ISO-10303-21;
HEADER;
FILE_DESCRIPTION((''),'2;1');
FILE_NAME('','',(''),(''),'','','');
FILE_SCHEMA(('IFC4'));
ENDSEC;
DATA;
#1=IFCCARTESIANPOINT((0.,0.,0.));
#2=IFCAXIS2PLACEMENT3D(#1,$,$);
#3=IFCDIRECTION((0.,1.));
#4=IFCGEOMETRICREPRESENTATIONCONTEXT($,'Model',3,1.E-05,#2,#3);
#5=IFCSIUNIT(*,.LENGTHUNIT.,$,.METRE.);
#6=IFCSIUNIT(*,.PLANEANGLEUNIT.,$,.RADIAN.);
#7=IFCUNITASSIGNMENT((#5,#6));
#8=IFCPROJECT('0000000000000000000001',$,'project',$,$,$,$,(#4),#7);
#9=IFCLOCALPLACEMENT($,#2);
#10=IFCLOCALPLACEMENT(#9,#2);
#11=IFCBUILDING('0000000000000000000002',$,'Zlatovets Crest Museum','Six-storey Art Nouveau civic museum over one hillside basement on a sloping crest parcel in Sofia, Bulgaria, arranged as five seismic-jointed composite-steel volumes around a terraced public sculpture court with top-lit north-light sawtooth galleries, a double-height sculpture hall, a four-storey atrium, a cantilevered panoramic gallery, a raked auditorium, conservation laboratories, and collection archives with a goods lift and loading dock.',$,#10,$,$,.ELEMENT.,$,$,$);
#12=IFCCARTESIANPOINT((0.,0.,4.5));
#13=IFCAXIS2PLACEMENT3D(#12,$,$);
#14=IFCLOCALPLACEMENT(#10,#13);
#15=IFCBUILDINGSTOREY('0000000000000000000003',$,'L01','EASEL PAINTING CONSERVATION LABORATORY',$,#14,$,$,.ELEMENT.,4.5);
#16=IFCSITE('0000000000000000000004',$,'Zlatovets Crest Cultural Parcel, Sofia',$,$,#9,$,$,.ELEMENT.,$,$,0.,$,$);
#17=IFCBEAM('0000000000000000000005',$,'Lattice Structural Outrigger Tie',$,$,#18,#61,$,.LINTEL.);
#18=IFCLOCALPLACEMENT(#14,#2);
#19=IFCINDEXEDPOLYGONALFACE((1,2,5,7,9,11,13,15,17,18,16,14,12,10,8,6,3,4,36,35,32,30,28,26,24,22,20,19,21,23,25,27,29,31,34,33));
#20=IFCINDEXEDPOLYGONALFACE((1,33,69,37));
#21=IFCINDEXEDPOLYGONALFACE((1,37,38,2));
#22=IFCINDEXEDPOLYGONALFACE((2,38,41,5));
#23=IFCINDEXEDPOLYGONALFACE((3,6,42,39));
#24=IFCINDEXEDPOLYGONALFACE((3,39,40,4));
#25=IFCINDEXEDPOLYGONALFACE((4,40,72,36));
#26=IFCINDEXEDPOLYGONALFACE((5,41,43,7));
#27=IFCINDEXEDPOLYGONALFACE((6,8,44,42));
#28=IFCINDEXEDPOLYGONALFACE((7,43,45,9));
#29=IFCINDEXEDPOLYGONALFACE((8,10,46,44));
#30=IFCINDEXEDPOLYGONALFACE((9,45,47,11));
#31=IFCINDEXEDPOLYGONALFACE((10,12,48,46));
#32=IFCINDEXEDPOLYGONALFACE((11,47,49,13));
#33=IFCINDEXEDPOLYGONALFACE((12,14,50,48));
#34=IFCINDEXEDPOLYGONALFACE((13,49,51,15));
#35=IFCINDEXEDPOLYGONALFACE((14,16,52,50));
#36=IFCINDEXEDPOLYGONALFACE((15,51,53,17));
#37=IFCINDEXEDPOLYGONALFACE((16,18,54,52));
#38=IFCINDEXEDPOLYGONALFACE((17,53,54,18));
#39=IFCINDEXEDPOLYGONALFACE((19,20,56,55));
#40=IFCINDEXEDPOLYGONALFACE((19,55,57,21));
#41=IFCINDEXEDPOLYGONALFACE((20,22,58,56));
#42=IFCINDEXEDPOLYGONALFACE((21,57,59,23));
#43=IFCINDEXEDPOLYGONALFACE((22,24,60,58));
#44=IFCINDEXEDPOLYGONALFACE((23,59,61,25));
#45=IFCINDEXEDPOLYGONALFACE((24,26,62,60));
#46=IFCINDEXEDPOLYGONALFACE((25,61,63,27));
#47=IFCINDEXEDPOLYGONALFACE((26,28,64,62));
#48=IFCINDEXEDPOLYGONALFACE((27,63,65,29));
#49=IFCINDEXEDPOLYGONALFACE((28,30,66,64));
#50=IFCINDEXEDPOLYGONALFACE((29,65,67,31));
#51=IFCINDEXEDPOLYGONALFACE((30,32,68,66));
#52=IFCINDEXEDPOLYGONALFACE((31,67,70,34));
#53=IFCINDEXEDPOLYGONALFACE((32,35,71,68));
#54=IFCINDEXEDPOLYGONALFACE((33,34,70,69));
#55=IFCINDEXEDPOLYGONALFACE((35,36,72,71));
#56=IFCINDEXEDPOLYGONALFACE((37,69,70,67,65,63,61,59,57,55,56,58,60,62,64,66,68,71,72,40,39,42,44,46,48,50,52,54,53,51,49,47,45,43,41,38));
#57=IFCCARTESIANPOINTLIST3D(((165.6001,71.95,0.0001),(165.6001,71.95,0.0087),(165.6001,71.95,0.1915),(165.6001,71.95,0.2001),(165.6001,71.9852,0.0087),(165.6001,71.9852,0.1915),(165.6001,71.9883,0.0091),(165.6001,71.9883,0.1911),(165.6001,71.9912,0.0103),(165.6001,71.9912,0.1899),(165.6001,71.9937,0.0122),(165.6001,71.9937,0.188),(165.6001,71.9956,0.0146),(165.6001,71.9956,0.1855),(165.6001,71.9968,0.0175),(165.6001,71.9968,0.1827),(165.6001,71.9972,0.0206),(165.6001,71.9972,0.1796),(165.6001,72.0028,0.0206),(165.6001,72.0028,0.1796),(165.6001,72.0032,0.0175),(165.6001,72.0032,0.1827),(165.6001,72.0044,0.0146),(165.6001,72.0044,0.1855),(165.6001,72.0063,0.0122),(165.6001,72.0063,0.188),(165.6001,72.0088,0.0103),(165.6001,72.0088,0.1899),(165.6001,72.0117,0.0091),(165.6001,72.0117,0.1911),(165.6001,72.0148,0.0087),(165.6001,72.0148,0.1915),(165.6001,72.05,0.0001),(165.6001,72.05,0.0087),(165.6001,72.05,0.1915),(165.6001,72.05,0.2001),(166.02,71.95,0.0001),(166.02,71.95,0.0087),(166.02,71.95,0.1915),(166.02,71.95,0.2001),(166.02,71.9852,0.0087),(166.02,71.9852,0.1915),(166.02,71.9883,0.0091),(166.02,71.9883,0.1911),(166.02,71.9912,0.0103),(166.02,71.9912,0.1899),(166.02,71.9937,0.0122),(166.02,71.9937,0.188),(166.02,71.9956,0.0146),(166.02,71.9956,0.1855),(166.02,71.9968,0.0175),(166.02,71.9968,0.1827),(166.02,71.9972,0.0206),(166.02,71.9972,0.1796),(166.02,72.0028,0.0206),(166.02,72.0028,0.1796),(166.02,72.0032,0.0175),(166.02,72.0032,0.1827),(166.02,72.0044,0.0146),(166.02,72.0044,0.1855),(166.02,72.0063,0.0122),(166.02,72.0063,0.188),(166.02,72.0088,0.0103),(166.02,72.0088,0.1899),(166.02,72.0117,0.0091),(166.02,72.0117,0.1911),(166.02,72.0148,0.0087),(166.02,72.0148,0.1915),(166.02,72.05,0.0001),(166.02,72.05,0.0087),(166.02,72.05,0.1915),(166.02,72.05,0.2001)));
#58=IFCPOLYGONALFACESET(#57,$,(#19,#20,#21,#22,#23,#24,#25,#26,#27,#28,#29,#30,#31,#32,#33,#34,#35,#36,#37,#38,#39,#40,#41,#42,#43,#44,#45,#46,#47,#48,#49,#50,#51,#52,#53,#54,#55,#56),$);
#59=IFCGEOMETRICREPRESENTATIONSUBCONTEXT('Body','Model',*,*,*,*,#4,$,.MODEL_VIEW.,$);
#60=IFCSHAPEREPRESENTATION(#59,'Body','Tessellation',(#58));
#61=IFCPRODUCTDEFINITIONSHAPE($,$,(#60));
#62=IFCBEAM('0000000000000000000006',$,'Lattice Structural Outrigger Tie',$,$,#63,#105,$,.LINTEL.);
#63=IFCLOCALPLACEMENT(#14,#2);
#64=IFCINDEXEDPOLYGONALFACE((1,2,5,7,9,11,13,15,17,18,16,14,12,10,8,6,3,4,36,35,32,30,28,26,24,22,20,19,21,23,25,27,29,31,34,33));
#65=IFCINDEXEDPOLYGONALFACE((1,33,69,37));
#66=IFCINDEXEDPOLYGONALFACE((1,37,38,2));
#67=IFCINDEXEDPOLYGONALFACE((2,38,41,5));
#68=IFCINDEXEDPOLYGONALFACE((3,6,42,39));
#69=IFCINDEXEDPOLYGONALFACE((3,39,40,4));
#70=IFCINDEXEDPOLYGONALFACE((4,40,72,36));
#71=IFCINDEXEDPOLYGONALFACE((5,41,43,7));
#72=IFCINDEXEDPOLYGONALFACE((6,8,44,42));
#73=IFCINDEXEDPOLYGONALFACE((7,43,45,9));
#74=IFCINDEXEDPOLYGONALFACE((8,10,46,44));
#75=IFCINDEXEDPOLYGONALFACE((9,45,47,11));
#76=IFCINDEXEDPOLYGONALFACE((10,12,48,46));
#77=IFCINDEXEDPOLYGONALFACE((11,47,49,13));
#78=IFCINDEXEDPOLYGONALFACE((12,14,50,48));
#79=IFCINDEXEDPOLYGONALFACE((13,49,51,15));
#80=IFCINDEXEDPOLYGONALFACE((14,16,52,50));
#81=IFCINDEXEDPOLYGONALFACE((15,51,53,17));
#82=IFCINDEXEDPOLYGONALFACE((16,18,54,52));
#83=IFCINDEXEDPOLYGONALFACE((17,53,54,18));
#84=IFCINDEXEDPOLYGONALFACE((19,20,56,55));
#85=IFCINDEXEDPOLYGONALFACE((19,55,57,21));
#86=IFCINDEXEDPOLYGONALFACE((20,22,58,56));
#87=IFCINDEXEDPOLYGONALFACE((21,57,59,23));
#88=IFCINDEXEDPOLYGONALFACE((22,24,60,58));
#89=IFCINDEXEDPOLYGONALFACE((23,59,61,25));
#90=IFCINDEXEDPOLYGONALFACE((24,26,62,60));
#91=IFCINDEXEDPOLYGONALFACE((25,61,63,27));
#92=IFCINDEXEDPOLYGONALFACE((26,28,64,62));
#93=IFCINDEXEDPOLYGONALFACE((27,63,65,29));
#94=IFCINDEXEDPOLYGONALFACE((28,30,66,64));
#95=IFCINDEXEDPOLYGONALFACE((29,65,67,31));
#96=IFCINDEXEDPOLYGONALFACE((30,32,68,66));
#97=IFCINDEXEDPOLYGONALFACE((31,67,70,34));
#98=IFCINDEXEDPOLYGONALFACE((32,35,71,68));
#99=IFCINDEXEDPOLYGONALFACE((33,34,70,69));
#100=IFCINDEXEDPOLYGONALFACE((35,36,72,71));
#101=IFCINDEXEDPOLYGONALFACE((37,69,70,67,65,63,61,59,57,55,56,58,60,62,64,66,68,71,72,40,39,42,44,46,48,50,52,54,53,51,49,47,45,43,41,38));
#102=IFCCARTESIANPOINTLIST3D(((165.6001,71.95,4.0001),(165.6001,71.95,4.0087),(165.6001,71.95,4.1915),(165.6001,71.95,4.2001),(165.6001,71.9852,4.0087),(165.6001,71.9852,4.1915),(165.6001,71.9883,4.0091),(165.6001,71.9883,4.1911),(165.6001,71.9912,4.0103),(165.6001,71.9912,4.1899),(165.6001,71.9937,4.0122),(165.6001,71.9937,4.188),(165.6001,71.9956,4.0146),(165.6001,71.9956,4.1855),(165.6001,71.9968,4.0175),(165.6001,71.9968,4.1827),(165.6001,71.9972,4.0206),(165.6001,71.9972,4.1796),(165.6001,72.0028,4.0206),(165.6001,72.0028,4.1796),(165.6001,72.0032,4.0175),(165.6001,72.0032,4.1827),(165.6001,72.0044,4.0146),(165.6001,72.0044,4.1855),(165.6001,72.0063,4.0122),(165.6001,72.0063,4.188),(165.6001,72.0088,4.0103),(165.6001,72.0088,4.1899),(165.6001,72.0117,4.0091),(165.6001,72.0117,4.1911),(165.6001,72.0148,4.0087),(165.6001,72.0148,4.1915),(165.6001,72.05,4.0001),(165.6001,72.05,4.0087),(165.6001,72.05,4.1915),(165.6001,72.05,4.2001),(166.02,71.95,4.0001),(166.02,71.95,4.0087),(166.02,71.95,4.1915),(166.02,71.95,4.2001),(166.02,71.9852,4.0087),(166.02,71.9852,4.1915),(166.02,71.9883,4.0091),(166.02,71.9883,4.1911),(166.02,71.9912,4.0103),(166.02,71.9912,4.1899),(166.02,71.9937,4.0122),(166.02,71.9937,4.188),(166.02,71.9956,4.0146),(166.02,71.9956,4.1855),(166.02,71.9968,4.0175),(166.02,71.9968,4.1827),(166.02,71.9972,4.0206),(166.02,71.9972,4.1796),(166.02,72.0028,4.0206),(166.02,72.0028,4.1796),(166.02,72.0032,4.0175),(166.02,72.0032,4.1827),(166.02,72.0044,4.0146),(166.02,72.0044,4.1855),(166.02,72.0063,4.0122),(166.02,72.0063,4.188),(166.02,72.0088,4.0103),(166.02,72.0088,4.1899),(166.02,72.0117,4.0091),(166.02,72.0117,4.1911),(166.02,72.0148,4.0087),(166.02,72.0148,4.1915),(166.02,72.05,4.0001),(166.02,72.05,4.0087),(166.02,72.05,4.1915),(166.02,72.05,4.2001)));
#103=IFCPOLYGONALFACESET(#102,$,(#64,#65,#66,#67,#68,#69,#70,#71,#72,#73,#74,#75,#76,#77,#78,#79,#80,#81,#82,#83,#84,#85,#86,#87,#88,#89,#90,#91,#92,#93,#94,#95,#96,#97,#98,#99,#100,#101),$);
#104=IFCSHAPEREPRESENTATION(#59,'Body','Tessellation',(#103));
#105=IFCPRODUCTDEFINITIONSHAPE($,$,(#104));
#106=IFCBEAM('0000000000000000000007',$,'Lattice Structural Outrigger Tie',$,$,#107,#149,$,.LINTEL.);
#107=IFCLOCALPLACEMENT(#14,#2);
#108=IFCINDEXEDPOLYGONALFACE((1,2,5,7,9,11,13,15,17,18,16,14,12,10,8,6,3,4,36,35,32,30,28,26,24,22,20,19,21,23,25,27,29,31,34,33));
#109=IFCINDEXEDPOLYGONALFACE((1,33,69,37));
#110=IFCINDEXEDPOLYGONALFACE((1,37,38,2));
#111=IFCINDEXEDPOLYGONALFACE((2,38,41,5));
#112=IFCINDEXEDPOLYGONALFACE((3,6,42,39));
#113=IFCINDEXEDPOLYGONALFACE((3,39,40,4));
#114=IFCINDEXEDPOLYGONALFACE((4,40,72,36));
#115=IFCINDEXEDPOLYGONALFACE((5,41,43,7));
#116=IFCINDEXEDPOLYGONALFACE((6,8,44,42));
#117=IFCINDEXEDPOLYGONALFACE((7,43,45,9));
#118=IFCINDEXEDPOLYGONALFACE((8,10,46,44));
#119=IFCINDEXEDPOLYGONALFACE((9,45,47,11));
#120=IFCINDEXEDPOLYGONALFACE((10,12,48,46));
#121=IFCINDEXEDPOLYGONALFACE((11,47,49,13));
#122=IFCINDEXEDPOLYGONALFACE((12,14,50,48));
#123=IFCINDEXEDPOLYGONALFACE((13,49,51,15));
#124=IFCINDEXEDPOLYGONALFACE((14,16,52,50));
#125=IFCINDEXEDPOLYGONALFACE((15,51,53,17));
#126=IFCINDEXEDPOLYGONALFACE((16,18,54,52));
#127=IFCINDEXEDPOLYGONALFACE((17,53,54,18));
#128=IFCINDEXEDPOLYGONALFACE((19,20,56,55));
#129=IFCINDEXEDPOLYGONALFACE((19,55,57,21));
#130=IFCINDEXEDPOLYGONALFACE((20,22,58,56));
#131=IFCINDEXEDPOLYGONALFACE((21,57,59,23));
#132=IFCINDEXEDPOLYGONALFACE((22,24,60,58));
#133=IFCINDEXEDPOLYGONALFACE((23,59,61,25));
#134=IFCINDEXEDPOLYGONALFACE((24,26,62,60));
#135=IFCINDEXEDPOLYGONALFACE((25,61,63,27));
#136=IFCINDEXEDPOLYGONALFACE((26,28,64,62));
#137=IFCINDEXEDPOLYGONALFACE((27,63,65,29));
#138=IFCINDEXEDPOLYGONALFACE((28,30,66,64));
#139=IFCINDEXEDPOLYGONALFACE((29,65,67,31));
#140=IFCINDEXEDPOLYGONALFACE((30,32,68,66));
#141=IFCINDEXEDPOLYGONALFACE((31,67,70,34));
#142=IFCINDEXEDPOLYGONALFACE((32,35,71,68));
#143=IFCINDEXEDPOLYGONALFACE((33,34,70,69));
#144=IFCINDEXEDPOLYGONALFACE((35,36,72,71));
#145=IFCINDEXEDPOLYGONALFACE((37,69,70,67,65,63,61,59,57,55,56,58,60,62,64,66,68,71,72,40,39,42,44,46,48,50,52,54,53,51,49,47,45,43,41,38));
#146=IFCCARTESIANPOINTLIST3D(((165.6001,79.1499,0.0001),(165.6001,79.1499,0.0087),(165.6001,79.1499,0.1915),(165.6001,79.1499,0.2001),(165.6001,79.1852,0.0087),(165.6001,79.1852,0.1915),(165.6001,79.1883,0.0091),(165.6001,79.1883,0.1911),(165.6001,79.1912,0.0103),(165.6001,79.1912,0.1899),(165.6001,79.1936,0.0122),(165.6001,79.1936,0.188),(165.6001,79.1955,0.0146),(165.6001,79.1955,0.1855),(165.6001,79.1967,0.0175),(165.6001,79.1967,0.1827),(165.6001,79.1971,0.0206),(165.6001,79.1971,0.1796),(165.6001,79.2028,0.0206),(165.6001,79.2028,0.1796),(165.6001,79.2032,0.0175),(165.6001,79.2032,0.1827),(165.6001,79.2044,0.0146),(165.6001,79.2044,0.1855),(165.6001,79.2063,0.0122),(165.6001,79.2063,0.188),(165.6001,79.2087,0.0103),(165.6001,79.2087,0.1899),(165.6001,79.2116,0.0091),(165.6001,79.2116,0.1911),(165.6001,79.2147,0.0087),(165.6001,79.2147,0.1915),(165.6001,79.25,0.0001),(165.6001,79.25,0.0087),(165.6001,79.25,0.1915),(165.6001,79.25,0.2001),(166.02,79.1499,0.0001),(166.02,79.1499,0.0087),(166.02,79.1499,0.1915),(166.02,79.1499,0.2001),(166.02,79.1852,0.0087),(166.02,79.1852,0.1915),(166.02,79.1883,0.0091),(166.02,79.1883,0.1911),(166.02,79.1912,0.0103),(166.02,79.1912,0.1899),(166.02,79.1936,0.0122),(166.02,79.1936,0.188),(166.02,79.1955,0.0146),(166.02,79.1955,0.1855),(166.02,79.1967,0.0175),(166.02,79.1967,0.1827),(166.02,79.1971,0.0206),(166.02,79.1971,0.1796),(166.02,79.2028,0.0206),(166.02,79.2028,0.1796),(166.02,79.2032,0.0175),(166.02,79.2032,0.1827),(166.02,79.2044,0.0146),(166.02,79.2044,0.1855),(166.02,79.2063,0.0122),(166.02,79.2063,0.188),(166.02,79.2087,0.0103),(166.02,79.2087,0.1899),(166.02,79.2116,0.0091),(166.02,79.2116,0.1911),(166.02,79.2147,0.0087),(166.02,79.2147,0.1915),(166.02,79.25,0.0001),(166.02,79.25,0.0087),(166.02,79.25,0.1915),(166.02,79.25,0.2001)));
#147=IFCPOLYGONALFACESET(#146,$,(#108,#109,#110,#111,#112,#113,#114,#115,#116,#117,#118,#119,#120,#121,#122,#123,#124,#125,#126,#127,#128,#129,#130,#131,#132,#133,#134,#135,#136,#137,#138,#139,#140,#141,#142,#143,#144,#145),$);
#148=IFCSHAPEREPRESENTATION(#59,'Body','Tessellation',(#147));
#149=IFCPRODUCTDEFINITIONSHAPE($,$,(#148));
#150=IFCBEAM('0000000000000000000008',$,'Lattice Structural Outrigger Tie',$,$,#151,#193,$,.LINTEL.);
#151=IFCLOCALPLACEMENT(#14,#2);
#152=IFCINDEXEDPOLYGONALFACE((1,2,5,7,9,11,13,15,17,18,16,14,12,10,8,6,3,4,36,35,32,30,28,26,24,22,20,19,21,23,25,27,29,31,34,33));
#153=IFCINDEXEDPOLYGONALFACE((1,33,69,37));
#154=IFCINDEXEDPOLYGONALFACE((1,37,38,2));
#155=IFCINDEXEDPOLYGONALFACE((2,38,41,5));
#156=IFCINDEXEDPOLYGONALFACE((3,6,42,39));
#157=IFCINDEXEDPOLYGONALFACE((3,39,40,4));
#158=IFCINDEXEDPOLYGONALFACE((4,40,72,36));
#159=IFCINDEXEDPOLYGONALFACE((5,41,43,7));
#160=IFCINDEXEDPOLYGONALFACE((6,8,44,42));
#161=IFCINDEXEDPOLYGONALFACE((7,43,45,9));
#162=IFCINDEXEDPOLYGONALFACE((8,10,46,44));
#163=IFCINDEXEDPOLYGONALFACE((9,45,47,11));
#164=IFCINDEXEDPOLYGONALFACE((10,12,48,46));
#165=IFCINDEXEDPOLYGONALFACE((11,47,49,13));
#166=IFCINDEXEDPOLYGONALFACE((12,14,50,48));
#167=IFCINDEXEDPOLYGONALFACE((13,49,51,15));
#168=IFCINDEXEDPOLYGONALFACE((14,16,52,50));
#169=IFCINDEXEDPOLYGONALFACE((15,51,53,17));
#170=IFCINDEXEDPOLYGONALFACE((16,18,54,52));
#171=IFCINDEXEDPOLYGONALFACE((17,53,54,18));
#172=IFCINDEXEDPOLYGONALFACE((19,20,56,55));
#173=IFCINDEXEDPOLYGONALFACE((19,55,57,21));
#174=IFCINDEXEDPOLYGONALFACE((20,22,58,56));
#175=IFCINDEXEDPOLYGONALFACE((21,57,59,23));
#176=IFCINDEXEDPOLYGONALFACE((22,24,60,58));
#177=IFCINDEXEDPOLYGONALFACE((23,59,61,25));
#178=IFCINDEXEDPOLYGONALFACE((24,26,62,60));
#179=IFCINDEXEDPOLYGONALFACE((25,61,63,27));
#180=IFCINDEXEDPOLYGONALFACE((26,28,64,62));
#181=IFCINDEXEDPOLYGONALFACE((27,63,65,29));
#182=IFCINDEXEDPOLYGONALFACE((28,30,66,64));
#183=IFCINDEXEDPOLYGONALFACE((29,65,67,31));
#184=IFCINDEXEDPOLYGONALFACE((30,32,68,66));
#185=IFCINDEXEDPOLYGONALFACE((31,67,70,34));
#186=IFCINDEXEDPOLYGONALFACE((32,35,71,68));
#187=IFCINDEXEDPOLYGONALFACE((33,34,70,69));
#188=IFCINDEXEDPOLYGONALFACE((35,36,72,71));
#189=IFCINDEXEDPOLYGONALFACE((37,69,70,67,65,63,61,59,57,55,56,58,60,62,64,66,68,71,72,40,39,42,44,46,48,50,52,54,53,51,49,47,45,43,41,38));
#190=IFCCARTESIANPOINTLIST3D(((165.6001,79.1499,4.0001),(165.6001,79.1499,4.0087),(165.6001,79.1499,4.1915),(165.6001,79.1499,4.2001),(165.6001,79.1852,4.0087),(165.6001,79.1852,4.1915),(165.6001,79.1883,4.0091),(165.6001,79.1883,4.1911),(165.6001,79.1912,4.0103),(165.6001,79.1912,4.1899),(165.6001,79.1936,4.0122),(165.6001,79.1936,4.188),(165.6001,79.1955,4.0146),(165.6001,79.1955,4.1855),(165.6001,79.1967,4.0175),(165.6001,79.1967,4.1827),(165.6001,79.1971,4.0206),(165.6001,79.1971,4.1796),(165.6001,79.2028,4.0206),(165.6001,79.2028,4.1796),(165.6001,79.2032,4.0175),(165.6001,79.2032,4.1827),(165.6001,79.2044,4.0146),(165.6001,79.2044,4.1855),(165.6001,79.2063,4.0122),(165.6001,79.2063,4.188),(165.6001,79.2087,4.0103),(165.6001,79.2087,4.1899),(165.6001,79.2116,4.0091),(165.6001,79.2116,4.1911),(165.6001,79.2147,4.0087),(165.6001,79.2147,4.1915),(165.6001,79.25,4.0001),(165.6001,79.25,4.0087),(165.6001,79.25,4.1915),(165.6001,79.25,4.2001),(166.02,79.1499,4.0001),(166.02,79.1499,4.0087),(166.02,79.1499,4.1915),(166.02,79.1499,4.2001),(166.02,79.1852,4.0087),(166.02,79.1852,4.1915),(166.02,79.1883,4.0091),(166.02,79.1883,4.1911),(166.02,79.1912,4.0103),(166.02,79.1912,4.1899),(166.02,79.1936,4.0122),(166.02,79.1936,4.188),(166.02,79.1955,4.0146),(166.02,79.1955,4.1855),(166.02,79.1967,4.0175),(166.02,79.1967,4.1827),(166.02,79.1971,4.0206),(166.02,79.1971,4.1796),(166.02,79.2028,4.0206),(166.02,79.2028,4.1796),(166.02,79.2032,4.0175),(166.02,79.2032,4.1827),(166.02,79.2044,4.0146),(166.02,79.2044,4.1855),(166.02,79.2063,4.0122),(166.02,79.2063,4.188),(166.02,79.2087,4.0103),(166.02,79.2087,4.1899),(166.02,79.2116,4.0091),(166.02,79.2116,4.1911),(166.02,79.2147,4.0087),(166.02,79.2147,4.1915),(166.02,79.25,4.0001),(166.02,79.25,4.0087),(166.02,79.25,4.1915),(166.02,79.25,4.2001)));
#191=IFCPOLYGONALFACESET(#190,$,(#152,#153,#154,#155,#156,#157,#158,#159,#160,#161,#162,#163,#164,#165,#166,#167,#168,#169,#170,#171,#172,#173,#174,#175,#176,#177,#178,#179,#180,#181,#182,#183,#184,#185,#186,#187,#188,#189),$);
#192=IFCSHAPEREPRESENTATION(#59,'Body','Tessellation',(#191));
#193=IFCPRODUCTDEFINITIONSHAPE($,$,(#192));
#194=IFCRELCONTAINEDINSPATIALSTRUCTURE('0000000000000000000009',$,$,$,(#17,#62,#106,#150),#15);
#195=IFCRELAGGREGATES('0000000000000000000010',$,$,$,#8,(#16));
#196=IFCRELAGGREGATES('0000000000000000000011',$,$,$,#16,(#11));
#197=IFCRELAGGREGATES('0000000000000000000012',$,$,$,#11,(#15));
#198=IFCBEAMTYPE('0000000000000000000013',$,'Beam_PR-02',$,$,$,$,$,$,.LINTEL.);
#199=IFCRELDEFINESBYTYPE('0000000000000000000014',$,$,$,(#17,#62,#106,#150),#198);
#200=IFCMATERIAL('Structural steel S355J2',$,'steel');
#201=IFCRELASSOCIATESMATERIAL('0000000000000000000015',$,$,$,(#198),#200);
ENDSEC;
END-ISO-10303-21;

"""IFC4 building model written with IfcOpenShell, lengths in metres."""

from ifc_helpers import new_model, si_unit, direction, frame, origin, origin_2d, place, context, subcontext, project, spatial, i_section, extrude, material, material_profile, profile_set, type_object, element, save


model = new_model("IFC4")

# Units and contexts
model_context = context("Model", 3, precision=1e-05, world=origin(), true_north=direction((0.0, 1.0)))
body_context = subcontext(model_context, "Body", "Model", "MODEL_VIEW")
ifc_project = project(units=[si_unit("LENGTHUNIT", "METRE"), si_unit("PLANEANGLEUNIT", "RADIAN")], contexts=[model_context])

# Site, building, storey
site_placement = place(None, origin())
site = spatial("IfcSite", under=ifc_project, at=site_placement, Name="Zlatovets Crest Cultural Parcel, Sofia", CompositionType="ELEMENT", RefElevation=0.0)
building_placement = place(site_placement, origin())
building = spatial("IfcBuilding", under=site, at=building_placement, Name="Zlatovets Crest Museum", Description="Six-storey Art Nouveau civic museum over one hillside basement on a sloping crest parcel in Sofia, Bulgaria, arranged as five seismic-jointed composite-steel volumes around a terraced public sculpture court with top-lit north-light sawtooth galleries, a double-height sculpture hall, a four-storey atrium, a cantilevered panoramic gallery, a raked auditorium, conservation laboratories, and collection archives with a goods lift and loading dock.", CompositionType="ELEMENT")
storey_placement = place(building_placement, frame((0.0, 0.0, 4.5)))
storey = spatial("IfcBuildingStorey", under=building, at=storey_placement, Name="L01", Description="EASEL PAINTING CONSERVATION LABORATORY", CompositionType="ELEMENT", Elevation=4.5)

# Shared definitions
ifc_material_1 = material(Name="Structural steel S355J2", Category="steel")

# Beams
ifc_material_profile_1 = material_profile(ifc_material_1, i_section(OverallWidth=0.1001, OverallDepth=0.2, WebThickness=0.0056, FlangeThickness=0.0085, FilletRadius=0.012, at=origin_2d()), Name="IPE 200")
ifc_profile_set_1 = profile_set([ifc_material_profile_1], Name="Structural steel S355J2")
beam_type_1 = type_object("IfcBeamType", Name="Beam_PR-02", PredefinedType="LINTEL", material=ifc_profile_set_1)
for number, where, z_axis, x_axis, name in (
    (1, (165.6001, 72.0, 0.1001), (1.0, 0.0, 0.0), (0.0, 1.0, 0.0), "Lattice Structural Outrigger Tie"),
    (2, (165.6001, 72.0, 4.1001), (1.0, 0.0, 0.0), (0.0, 1.0, 0.0), "Lattice Structural Outrigger Tie"),
    (3, (165.6001, 79.2, 0.1001), (1.0, 0.0, 0.0), (0.0, 1.0, 0.0), "Lattice Structural Outrigger Tie"),
    (4, (165.6001, 79.2, 4.1001), (1.0, 0.0, 0.0), (0.0, 1.0, 0.0), "Lattice Structural Outrigger Tie"),
):
    element("IfcBeam", number, at=place(storey_placement, frame(where, z_axis=z_axis, x_axis=x_axis)), inside=storey, type_object=beam_type_1, Name=name, PredefinedType="LINTEL", context=body_context, shape_type="SweptSolid", body=[
        extrude(i_section(OverallWidth=0.1001, OverallDepth=0.2, WebThickness=0.0056, FlangeThickness=0.0085, FilletRadius=0.012, at=origin_2d()), origin(), (0.0, 0.0, 1.0), 0.4199),
    ])

save(model, "model.ifc")
